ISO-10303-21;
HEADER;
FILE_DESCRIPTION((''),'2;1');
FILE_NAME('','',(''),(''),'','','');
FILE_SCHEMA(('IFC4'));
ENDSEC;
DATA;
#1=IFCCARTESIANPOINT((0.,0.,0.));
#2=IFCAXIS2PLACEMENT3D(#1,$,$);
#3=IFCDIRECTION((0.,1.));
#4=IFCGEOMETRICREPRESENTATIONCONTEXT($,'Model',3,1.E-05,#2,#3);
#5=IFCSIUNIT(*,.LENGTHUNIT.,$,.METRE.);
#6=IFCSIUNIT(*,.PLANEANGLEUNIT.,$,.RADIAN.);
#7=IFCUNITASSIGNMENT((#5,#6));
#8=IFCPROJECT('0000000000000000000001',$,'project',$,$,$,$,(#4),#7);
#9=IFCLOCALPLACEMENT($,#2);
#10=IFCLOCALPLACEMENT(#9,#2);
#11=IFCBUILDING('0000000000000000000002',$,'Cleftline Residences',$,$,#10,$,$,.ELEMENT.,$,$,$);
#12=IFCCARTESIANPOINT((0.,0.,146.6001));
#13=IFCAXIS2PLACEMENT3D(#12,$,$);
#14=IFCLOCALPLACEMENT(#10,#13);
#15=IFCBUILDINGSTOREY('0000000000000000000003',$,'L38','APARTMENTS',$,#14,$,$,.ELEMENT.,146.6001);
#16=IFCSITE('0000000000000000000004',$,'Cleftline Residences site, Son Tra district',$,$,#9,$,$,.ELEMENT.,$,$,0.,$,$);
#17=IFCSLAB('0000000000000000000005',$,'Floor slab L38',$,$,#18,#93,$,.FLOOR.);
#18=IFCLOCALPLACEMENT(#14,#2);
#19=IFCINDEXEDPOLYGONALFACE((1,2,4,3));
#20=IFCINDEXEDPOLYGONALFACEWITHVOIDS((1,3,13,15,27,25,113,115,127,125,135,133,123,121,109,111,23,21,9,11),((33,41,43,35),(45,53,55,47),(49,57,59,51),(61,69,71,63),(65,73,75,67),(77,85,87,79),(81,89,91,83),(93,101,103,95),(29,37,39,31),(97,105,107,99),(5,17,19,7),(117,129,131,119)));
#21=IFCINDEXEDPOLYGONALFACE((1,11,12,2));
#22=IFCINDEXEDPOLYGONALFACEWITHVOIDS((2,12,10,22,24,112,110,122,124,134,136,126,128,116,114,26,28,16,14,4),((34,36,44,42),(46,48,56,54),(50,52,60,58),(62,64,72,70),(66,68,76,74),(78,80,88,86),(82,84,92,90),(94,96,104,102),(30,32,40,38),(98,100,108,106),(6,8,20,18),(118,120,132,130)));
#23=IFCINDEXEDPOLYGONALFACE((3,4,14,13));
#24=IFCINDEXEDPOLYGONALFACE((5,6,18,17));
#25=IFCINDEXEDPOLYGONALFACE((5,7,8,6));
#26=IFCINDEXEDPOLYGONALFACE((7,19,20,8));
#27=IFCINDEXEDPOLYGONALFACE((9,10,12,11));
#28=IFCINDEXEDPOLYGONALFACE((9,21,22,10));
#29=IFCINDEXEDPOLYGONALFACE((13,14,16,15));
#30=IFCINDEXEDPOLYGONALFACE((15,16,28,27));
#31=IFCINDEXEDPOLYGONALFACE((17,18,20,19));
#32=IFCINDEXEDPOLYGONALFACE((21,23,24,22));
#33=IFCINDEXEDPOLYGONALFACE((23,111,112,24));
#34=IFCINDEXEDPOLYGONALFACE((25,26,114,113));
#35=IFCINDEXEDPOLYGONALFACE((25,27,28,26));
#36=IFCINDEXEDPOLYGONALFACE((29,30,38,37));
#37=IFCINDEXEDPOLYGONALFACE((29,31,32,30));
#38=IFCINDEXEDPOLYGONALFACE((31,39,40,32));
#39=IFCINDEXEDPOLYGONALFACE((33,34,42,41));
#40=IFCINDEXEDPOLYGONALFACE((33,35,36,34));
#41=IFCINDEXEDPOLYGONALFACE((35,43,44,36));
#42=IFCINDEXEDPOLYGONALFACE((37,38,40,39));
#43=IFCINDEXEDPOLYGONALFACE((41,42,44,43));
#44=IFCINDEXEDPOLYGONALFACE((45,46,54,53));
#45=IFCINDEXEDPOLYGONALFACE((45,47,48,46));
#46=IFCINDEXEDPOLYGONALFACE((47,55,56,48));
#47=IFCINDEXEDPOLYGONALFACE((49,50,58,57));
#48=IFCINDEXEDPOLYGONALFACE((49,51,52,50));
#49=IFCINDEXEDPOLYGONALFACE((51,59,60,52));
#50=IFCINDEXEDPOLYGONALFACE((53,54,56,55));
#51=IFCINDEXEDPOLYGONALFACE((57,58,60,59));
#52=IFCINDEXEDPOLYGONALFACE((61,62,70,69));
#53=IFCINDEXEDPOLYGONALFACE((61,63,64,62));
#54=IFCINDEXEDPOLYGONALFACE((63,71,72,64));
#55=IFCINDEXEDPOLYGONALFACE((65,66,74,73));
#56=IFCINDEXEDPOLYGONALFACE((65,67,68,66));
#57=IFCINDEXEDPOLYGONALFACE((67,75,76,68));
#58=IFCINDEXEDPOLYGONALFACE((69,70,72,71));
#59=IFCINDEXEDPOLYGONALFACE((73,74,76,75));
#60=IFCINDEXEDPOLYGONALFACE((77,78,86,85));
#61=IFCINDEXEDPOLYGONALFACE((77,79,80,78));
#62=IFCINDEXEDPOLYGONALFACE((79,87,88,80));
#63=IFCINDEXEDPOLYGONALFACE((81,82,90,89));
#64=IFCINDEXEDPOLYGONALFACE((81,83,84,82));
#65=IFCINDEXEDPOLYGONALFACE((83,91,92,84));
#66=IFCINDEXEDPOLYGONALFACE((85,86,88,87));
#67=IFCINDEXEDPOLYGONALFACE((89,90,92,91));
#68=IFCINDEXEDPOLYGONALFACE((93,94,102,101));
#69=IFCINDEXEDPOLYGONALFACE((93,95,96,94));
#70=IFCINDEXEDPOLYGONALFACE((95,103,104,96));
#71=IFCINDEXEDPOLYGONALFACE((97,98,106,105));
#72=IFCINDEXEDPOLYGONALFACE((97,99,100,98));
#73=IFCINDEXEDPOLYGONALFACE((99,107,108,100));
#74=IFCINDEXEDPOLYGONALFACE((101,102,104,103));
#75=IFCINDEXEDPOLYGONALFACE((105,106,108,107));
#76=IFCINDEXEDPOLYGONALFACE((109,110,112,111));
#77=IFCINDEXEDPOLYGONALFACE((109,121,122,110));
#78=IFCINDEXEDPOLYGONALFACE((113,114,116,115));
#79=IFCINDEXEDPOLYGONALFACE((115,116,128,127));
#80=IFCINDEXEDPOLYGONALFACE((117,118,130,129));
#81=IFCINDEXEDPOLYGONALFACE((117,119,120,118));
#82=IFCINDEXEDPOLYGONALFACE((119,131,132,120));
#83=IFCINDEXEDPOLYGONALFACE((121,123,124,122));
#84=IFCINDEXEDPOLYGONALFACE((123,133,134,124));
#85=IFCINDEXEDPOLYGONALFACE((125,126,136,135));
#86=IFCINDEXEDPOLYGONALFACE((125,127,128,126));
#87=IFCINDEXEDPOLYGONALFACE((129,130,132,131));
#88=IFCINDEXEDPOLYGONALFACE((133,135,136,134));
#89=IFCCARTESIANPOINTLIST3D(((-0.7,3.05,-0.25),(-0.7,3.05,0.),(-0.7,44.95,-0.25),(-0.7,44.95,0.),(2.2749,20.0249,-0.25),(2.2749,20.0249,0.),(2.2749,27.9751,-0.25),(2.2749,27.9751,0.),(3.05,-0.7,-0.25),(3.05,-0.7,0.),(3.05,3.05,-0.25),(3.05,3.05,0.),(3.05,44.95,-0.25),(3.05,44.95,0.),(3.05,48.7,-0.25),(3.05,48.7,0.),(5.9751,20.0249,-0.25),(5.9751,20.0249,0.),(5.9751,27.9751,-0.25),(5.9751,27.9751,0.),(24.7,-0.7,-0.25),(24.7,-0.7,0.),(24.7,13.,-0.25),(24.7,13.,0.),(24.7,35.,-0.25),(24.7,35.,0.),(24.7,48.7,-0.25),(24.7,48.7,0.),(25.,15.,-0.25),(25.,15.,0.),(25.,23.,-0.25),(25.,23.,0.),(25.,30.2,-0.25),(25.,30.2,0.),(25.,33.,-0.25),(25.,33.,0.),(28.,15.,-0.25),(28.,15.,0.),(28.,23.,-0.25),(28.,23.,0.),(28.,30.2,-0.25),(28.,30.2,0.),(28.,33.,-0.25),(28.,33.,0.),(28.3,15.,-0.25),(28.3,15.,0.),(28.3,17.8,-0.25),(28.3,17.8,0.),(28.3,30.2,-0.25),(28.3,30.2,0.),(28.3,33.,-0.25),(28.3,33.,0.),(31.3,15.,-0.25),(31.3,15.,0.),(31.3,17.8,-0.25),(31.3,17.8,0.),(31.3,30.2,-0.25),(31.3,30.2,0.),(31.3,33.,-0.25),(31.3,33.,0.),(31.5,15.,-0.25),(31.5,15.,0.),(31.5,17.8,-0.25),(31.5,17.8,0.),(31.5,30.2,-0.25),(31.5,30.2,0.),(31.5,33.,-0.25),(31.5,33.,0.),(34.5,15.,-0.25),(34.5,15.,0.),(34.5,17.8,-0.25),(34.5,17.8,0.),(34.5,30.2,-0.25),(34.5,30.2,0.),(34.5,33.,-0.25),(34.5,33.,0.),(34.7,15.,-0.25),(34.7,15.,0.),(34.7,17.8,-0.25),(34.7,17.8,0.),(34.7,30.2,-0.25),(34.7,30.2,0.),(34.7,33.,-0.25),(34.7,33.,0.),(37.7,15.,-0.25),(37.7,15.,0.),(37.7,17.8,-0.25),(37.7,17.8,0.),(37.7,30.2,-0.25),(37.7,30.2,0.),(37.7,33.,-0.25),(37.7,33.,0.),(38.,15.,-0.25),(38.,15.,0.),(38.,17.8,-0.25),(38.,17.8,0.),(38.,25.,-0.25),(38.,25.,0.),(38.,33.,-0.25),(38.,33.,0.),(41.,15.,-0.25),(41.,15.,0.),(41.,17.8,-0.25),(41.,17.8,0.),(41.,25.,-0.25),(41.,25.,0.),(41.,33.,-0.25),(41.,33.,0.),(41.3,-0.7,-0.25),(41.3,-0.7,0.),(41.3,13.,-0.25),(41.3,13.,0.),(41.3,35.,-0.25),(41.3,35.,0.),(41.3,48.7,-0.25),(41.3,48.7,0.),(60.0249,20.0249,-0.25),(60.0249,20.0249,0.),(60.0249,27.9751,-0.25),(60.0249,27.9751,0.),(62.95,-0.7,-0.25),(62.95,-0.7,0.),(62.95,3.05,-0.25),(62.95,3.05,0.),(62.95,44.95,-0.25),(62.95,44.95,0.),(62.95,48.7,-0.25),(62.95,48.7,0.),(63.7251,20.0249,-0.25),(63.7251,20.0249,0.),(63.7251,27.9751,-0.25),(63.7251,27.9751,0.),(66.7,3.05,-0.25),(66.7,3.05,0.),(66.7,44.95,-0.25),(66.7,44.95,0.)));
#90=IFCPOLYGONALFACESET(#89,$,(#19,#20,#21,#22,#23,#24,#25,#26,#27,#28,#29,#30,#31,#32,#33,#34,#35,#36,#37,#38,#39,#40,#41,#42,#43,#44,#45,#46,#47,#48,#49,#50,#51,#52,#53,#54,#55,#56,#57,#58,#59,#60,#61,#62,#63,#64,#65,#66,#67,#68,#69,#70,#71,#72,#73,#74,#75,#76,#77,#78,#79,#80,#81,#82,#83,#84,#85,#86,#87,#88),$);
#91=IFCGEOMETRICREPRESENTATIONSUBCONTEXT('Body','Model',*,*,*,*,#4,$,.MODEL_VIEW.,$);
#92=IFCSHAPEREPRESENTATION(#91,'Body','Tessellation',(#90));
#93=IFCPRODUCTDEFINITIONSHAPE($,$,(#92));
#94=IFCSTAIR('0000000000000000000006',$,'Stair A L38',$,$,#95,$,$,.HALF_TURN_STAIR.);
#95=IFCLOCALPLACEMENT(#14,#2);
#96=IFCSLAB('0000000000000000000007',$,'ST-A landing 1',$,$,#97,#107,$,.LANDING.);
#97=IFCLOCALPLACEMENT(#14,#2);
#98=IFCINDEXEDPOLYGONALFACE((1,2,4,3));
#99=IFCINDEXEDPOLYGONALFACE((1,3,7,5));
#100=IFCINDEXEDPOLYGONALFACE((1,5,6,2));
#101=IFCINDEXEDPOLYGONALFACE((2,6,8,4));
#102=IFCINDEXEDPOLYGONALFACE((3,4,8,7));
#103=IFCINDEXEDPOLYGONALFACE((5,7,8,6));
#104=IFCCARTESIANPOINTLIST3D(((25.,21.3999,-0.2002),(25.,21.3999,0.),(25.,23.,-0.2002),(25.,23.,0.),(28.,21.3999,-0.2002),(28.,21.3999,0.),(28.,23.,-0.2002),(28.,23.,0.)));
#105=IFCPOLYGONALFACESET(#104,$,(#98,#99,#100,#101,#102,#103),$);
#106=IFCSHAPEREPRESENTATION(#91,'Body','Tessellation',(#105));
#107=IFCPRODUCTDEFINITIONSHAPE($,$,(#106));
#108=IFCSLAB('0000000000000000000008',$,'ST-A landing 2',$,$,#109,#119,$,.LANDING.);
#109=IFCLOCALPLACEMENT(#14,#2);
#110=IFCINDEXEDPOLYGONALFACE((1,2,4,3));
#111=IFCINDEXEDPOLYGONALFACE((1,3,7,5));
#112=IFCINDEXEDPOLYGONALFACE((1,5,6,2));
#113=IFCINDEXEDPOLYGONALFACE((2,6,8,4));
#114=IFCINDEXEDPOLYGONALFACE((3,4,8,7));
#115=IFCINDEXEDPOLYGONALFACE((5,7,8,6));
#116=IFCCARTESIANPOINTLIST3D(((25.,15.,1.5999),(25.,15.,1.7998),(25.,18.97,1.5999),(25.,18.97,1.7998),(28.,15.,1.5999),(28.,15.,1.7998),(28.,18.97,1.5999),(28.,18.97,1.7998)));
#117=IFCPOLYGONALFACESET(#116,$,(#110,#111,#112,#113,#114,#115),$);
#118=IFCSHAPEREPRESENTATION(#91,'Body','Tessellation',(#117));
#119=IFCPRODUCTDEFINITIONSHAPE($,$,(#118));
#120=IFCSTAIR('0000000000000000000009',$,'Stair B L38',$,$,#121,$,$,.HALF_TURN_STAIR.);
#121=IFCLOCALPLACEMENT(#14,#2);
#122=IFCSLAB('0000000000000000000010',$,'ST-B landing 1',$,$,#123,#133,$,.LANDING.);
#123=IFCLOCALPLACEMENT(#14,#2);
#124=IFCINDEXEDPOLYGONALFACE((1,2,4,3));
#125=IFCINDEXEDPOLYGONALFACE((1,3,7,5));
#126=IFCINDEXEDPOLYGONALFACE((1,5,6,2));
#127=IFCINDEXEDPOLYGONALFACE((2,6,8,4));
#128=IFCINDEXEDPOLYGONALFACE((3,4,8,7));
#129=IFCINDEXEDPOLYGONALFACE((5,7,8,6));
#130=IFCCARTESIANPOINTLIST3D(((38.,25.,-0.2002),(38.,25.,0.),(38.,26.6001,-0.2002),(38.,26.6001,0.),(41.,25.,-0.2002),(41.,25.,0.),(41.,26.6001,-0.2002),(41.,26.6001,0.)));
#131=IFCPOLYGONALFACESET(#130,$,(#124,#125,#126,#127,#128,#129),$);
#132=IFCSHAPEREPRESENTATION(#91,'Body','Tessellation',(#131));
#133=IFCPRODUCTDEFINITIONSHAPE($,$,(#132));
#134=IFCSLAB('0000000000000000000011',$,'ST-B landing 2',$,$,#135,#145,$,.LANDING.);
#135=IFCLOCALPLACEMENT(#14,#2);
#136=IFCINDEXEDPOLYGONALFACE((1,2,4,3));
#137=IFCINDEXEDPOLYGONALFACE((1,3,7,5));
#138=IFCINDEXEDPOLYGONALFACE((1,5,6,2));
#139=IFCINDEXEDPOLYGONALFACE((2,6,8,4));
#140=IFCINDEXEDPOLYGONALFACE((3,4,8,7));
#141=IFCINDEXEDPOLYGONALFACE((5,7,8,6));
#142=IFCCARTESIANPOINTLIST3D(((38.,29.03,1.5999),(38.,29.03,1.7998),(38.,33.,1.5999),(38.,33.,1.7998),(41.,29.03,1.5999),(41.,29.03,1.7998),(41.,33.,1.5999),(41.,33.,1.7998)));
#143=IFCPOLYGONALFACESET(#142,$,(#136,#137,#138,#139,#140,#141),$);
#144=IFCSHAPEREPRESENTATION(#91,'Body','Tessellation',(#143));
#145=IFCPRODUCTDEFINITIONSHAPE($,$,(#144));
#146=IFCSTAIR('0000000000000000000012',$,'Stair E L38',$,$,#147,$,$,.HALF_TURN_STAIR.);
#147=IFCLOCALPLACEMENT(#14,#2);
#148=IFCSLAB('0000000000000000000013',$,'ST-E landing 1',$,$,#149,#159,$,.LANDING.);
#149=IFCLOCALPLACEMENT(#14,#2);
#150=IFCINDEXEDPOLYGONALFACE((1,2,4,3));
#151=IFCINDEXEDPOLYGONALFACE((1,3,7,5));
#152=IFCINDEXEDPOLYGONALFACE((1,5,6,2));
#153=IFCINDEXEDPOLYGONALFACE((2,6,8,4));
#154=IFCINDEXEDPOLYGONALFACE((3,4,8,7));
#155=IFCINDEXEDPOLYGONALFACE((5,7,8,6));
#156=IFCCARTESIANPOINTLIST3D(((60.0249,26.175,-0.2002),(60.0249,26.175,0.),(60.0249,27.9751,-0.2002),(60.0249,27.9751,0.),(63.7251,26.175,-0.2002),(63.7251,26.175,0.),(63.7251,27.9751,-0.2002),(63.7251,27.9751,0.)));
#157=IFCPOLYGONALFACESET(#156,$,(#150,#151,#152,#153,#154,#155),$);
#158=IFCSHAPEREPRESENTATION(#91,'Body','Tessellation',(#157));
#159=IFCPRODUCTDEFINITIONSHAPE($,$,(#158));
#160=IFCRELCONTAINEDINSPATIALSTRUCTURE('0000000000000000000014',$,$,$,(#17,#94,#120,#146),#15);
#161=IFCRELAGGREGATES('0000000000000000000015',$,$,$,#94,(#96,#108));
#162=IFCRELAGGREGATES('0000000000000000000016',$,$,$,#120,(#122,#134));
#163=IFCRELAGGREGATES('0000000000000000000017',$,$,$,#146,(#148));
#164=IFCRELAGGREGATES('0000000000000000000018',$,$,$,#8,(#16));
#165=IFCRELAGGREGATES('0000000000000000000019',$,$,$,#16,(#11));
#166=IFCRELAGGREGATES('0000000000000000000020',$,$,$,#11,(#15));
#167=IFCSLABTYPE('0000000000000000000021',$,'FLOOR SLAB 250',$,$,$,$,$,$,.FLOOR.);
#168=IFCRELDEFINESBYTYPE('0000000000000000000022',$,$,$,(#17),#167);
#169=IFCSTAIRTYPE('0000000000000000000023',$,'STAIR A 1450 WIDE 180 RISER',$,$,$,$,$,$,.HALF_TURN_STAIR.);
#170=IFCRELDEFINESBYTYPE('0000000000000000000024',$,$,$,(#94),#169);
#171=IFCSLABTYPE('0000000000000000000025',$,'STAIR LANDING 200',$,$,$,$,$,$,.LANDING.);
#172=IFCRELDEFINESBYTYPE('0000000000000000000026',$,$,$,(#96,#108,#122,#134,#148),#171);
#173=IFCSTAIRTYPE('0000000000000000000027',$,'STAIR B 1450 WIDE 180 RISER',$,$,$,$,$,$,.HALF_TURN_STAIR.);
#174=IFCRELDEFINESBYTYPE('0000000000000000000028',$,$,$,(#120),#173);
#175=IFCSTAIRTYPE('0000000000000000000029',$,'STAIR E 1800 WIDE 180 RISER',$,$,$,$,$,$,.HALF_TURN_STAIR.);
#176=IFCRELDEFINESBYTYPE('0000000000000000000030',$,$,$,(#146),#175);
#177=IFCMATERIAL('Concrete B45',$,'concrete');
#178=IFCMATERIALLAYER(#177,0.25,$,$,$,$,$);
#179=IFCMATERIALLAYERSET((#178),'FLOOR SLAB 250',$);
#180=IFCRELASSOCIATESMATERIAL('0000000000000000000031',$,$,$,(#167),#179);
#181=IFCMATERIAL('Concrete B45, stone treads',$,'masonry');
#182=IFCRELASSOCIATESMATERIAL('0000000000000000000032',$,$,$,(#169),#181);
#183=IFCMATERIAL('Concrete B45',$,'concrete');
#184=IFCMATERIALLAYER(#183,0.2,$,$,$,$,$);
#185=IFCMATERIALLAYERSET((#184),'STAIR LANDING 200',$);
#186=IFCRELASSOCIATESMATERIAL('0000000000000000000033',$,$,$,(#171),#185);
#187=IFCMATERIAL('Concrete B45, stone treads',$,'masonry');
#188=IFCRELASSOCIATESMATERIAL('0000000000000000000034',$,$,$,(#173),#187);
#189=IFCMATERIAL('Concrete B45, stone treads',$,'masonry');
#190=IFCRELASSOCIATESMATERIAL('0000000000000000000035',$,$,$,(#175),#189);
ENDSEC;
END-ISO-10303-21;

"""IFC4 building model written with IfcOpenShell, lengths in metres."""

from ifc_helpers import new_model, si_unit, direction, frame, origin, place, context, subcontext, project, spatial, polyline, outline, extrude, material, layer, layer_set, type_object, element, aggregate, save


model = new_model("IFC4")

# Units and contexts
model_context = context("Model", 3, precision=1e-05, world=origin(), true_north=direction((0.0, 1.0)))
body_context = subcontext(model_context, "Body", "Model", "MODEL_VIEW")
ifc_project = project(units=[si_unit("LENGTHUNIT", "METRE"), si_unit("PLANEANGLEUNIT", "RADIAN")], contexts=[model_context])

# Site, building, storey
site_placement = place(None, origin())
site = spatial("IfcSite", under=ifc_project, at=site_placement, Name="Cleftline Residences site, Son Tra district", CompositionType="ELEMENT", RefElevation=0.0)
building_placement = place(site_placement, origin())
building = spatial("IfcBuilding", under=site, at=building_placement, Name="Cleftline Residences", CompositionType="ELEMENT")
storey_placement = place(building_placement, frame((0.0, 0.0, 146.6001)))
storey = spatial("IfcBuildingStorey", under=building, at=storey_placement, Name="L38", Description="APARTMENTS", CompositionType="ELEMENT", Elevation=146.6001)

# Slab
ifc_material_1 = material(Name="Concrete B45", Category="concrete")
ifc_layer_1 = layer(ifc_material_1, 0.25)
ifc_layer_set_1 = layer_set([ifc_layer_1], Name="FLOOR SLAB 250")
slab_type_1 = type_object("IfcSlabType", Name="FLOOR SLAB 250", PredefinedType="FLOOR", material=ifc_layer_set_1)
slab_1_placement = place(storey_placement, frame((0.0, 0.0, -0.25)))
element("IfcSlab", 1, at=slab_1_placement, inside=storey, type_object=slab_type_1, Name="Floor slab L38", PredefinedType="FLOOR", context=body_context, shape_type="SweptSolid", body=[
    extrude(outline(polyline([(24.7, 13.0), (41.3, 13.0), (41.3, -0.7), (62.95, -0.7), (62.95, 3.05), (66.7, 3.05), (66.7, 44.95), (62.95, 44.95), (62.95, 48.7), (41.3, 48.7), (41.3, 35.0), (24.7, 35.0), (24.7, 48.7), (3.05, 48.7), (3.05, 44.95), (-0.7, 44.95), (-0.7, 3.05), (3.05, 3.05), (3.05, -0.7), (24.7, -0.7), (24.7, 13.0)]), holes=[polyline([(28.0, 15.0), (28.0, 23.0), (25.0, 23.0), (25.0, 15.0), (28.0, 15.0)]), polyline([(41.0, 25.0), (41.0, 33.0), (38.0, 33.0), (38.0, 25.0), (41.0, 25.0)]), polyline([(28.0, 30.2), (28.0, 33.0), (25.0, 33.0), (25.0, 30.2), (28.0, 30.2)]), polyline([(41.0, 15.0), (41.0, 17.8), (38.0, 17.8), (38.0, 15.0), (41.0, 15.0)]), polyline([(31.3, 15.0), (31.3, 17.8), (28.3, 17.8), (28.3, 15.0), (31.3, 15.0)]), polyline([(34.5, 15.0), (34.5, 17.8), (31.5, 17.8), (31.5, 15.0), (34.5, 15.0)]), polyline([(37.7, 15.0), (37.7, 17.8), (34.7, 17.8), (34.7, 15.0), (37.7, 15.0)]), polyline([(31.3, 30.2), (31.3, 33.0), (28.3, 33.0), (28.3, 30.2), (31.3, 30.2)]), polyline([(34.5, 30.2), (34.5, 33.0), (31.5, 33.0), (31.5, 30.2), (34.5, 30.2)]), polyline([(37.7, 30.2), (37.7, 33.0), (34.7, 33.0), (34.7, 30.2), (37.7, 30.2)]), polyline([(63.7251, 20.0249), (63.7251, 27.9751), (60.0249, 27.9751), (60.0249, 20.0249), (63.7251, 20.0249)]), polyline([(5.9751, 20.0249), (5.9751, 27.9751), (2.2749, 27.9751), (2.2749, 20.0249), (5.9751, 20.0249)])]), origin(), (0.0, 0.0, 1.0), 0.25),
])

# Stairs, slabs
ifc_material_2 = material(Name="Concrete B45, stone treads", Category="masonry")
stair_type_1 = type_object("IfcStairType", Name="STAIR A 1450 WIDE 180 RISER", PredefinedType="HALF_TURN_STAIR", material=ifc_material_2)
stair_1_placement = place(storey_placement, origin())
stair_1 = element("IfcStair", 2, at=stair_1_placement, inside=storey, type_object=stair_type_1, Name="Stair A L38", PredefinedType="HALF_TURN_STAIR")
ifc_material_3 = material(Name="Concrete B45", Category="concrete")
ifc_layer_2 = layer(ifc_material_3, 0.2)
ifc_layer_set_2 = layer_set([ifc_layer_2], Name="STAIR LANDING 200")
slab_type_2 = type_object("IfcSlabType", Name="STAIR LANDING 200", PredefinedType="LANDING", material=ifc_layer_set_2)
slab_2_placement = place(storey_placement, frame((0.0, 0.0, -0.2002)))
slab_2 = element("IfcSlab", 3, at=slab_2_placement, type_object=slab_type_2, Name="ST-A landing 1", PredefinedType="LANDING", context=body_context, shape_type="SweptSolid", body=[
    extrude(outline(polyline([(25.0, 21.3999), (28.0, 21.3999), (28.0, 23.0), (25.0, 23.0), (25.0, 21.3999)])), origin(), (0.0, 0.0, 1.0), 0.2002),
])
slab_3_placement = place(storey_placement, frame((0.0, 0.0, 1.5999)))
slab_3 = element("IfcSlab", 4, at=slab_3_placement, type_object=slab_type_2, Name="ST-A landing 2", PredefinedType="LANDING", context=body_context, shape_type="SweptSolid", body=[
    extrude(outline(polyline([(25.0, 15.0), (28.0, 15.0), (28.0, 18.97), (25.0, 18.97), (25.0, 15.0)])), origin(), (0.0, 0.0, 1.0), 0.2),
])
aggregate(stair_1, [slab_2, slab_3])
ifc_material_4 = material(Name="Concrete B45, stone treads", Category="masonry")
stair_type_2 = type_object("IfcStairType", Name="STAIR B 1450 WIDE 180 RISER", PredefinedType="HALF_TURN_STAIR", material=ifc_material_4)
stair_2_placement = place(storey_placement, origin())
stair_2 = element("IfcStair", 5, at=stair_2_placement, inside=storey, type_object=stair_type_2, Name="Stair B L38", PredefinedType="HALF_TURN_STAIR")
slab_4_placement = place(storey_placement, frame((0.0, 0.0, -0.2002)))
slab_4 = element("IfcSlab", 6, at=slab_4_placement, type_object=slab_type_2, Name="ST-B landing 1", PredefinedType="LANDING", context=body_context, shape_type="SweptSolid", body=[
    extrude(outline(polyline([(38.0, 25.0), (41.0, 25.0), (41.0, 26.6001), (38.0, 26.6001), (38.0, 25.0)])), origin(), (0.0, 0.0, 1.0), 0.2002),
])
slab_5_placement = place(storey_placement, frame((0.0, 0.0, 1.5999)))
slab_5 = element("IfcSlab", 7, at=slab_5_placement, type_object=slab_type_2, Name="ST-B landing 2", PredefinedType="LANDING", context=body_context, shape_type="SweptSolid", body=[
    extrude(outline(polyline([(38.0, 29.03), (41.0, 29.03), (41.0, 33.0), (38.0, 33.0), (38.0, 29.03)])), origin(), (0.0, 0.0, 1.0), 0.2),
])
aggregate(stair_2, [slab_4, slab_5])

# Stair, slab
ifc_material_5 = material(Name="Concrete B45, stone treads", Category="masonry")
stair_type_3 = type_object("IfcStairType", Name="STAIR E 1800 WIDE 180 RISER", PredefinedType="HALF_TURN_STAIR", material=ifc_material_5)
stair_3_placement = place(storey_placement, origin())
stair_3 = element("IfcStair", 8, at=stair_3_placement, inside=storey, type_object=stair_type_3, Name="Stair E L38", PredefinedType="HALF_TURN_STAIR")
slab_6_placement = place(storey_placement, frame((0.0, 0.0, -0.2002)))
slab_6 = element("IfcSlab", 9, at=slab_6_placement, type_object=slab_type_2, Name="ST-E landing 1", PredefinedType="LANDING", context=body_context, shape_type="SweptSolid", body=[
    extrude(outline(polyline([(60.0249, 26.175), (63.7251, 26.175), (63.7251, 27.9751), (60.0249, 27.9751), (60.0249, 26.175)])), origin(), (0.0, 0.0, 1.0), 0.2002),
])
aggregate(stair_3, [slab_6])

save(model, "model.ifc")
